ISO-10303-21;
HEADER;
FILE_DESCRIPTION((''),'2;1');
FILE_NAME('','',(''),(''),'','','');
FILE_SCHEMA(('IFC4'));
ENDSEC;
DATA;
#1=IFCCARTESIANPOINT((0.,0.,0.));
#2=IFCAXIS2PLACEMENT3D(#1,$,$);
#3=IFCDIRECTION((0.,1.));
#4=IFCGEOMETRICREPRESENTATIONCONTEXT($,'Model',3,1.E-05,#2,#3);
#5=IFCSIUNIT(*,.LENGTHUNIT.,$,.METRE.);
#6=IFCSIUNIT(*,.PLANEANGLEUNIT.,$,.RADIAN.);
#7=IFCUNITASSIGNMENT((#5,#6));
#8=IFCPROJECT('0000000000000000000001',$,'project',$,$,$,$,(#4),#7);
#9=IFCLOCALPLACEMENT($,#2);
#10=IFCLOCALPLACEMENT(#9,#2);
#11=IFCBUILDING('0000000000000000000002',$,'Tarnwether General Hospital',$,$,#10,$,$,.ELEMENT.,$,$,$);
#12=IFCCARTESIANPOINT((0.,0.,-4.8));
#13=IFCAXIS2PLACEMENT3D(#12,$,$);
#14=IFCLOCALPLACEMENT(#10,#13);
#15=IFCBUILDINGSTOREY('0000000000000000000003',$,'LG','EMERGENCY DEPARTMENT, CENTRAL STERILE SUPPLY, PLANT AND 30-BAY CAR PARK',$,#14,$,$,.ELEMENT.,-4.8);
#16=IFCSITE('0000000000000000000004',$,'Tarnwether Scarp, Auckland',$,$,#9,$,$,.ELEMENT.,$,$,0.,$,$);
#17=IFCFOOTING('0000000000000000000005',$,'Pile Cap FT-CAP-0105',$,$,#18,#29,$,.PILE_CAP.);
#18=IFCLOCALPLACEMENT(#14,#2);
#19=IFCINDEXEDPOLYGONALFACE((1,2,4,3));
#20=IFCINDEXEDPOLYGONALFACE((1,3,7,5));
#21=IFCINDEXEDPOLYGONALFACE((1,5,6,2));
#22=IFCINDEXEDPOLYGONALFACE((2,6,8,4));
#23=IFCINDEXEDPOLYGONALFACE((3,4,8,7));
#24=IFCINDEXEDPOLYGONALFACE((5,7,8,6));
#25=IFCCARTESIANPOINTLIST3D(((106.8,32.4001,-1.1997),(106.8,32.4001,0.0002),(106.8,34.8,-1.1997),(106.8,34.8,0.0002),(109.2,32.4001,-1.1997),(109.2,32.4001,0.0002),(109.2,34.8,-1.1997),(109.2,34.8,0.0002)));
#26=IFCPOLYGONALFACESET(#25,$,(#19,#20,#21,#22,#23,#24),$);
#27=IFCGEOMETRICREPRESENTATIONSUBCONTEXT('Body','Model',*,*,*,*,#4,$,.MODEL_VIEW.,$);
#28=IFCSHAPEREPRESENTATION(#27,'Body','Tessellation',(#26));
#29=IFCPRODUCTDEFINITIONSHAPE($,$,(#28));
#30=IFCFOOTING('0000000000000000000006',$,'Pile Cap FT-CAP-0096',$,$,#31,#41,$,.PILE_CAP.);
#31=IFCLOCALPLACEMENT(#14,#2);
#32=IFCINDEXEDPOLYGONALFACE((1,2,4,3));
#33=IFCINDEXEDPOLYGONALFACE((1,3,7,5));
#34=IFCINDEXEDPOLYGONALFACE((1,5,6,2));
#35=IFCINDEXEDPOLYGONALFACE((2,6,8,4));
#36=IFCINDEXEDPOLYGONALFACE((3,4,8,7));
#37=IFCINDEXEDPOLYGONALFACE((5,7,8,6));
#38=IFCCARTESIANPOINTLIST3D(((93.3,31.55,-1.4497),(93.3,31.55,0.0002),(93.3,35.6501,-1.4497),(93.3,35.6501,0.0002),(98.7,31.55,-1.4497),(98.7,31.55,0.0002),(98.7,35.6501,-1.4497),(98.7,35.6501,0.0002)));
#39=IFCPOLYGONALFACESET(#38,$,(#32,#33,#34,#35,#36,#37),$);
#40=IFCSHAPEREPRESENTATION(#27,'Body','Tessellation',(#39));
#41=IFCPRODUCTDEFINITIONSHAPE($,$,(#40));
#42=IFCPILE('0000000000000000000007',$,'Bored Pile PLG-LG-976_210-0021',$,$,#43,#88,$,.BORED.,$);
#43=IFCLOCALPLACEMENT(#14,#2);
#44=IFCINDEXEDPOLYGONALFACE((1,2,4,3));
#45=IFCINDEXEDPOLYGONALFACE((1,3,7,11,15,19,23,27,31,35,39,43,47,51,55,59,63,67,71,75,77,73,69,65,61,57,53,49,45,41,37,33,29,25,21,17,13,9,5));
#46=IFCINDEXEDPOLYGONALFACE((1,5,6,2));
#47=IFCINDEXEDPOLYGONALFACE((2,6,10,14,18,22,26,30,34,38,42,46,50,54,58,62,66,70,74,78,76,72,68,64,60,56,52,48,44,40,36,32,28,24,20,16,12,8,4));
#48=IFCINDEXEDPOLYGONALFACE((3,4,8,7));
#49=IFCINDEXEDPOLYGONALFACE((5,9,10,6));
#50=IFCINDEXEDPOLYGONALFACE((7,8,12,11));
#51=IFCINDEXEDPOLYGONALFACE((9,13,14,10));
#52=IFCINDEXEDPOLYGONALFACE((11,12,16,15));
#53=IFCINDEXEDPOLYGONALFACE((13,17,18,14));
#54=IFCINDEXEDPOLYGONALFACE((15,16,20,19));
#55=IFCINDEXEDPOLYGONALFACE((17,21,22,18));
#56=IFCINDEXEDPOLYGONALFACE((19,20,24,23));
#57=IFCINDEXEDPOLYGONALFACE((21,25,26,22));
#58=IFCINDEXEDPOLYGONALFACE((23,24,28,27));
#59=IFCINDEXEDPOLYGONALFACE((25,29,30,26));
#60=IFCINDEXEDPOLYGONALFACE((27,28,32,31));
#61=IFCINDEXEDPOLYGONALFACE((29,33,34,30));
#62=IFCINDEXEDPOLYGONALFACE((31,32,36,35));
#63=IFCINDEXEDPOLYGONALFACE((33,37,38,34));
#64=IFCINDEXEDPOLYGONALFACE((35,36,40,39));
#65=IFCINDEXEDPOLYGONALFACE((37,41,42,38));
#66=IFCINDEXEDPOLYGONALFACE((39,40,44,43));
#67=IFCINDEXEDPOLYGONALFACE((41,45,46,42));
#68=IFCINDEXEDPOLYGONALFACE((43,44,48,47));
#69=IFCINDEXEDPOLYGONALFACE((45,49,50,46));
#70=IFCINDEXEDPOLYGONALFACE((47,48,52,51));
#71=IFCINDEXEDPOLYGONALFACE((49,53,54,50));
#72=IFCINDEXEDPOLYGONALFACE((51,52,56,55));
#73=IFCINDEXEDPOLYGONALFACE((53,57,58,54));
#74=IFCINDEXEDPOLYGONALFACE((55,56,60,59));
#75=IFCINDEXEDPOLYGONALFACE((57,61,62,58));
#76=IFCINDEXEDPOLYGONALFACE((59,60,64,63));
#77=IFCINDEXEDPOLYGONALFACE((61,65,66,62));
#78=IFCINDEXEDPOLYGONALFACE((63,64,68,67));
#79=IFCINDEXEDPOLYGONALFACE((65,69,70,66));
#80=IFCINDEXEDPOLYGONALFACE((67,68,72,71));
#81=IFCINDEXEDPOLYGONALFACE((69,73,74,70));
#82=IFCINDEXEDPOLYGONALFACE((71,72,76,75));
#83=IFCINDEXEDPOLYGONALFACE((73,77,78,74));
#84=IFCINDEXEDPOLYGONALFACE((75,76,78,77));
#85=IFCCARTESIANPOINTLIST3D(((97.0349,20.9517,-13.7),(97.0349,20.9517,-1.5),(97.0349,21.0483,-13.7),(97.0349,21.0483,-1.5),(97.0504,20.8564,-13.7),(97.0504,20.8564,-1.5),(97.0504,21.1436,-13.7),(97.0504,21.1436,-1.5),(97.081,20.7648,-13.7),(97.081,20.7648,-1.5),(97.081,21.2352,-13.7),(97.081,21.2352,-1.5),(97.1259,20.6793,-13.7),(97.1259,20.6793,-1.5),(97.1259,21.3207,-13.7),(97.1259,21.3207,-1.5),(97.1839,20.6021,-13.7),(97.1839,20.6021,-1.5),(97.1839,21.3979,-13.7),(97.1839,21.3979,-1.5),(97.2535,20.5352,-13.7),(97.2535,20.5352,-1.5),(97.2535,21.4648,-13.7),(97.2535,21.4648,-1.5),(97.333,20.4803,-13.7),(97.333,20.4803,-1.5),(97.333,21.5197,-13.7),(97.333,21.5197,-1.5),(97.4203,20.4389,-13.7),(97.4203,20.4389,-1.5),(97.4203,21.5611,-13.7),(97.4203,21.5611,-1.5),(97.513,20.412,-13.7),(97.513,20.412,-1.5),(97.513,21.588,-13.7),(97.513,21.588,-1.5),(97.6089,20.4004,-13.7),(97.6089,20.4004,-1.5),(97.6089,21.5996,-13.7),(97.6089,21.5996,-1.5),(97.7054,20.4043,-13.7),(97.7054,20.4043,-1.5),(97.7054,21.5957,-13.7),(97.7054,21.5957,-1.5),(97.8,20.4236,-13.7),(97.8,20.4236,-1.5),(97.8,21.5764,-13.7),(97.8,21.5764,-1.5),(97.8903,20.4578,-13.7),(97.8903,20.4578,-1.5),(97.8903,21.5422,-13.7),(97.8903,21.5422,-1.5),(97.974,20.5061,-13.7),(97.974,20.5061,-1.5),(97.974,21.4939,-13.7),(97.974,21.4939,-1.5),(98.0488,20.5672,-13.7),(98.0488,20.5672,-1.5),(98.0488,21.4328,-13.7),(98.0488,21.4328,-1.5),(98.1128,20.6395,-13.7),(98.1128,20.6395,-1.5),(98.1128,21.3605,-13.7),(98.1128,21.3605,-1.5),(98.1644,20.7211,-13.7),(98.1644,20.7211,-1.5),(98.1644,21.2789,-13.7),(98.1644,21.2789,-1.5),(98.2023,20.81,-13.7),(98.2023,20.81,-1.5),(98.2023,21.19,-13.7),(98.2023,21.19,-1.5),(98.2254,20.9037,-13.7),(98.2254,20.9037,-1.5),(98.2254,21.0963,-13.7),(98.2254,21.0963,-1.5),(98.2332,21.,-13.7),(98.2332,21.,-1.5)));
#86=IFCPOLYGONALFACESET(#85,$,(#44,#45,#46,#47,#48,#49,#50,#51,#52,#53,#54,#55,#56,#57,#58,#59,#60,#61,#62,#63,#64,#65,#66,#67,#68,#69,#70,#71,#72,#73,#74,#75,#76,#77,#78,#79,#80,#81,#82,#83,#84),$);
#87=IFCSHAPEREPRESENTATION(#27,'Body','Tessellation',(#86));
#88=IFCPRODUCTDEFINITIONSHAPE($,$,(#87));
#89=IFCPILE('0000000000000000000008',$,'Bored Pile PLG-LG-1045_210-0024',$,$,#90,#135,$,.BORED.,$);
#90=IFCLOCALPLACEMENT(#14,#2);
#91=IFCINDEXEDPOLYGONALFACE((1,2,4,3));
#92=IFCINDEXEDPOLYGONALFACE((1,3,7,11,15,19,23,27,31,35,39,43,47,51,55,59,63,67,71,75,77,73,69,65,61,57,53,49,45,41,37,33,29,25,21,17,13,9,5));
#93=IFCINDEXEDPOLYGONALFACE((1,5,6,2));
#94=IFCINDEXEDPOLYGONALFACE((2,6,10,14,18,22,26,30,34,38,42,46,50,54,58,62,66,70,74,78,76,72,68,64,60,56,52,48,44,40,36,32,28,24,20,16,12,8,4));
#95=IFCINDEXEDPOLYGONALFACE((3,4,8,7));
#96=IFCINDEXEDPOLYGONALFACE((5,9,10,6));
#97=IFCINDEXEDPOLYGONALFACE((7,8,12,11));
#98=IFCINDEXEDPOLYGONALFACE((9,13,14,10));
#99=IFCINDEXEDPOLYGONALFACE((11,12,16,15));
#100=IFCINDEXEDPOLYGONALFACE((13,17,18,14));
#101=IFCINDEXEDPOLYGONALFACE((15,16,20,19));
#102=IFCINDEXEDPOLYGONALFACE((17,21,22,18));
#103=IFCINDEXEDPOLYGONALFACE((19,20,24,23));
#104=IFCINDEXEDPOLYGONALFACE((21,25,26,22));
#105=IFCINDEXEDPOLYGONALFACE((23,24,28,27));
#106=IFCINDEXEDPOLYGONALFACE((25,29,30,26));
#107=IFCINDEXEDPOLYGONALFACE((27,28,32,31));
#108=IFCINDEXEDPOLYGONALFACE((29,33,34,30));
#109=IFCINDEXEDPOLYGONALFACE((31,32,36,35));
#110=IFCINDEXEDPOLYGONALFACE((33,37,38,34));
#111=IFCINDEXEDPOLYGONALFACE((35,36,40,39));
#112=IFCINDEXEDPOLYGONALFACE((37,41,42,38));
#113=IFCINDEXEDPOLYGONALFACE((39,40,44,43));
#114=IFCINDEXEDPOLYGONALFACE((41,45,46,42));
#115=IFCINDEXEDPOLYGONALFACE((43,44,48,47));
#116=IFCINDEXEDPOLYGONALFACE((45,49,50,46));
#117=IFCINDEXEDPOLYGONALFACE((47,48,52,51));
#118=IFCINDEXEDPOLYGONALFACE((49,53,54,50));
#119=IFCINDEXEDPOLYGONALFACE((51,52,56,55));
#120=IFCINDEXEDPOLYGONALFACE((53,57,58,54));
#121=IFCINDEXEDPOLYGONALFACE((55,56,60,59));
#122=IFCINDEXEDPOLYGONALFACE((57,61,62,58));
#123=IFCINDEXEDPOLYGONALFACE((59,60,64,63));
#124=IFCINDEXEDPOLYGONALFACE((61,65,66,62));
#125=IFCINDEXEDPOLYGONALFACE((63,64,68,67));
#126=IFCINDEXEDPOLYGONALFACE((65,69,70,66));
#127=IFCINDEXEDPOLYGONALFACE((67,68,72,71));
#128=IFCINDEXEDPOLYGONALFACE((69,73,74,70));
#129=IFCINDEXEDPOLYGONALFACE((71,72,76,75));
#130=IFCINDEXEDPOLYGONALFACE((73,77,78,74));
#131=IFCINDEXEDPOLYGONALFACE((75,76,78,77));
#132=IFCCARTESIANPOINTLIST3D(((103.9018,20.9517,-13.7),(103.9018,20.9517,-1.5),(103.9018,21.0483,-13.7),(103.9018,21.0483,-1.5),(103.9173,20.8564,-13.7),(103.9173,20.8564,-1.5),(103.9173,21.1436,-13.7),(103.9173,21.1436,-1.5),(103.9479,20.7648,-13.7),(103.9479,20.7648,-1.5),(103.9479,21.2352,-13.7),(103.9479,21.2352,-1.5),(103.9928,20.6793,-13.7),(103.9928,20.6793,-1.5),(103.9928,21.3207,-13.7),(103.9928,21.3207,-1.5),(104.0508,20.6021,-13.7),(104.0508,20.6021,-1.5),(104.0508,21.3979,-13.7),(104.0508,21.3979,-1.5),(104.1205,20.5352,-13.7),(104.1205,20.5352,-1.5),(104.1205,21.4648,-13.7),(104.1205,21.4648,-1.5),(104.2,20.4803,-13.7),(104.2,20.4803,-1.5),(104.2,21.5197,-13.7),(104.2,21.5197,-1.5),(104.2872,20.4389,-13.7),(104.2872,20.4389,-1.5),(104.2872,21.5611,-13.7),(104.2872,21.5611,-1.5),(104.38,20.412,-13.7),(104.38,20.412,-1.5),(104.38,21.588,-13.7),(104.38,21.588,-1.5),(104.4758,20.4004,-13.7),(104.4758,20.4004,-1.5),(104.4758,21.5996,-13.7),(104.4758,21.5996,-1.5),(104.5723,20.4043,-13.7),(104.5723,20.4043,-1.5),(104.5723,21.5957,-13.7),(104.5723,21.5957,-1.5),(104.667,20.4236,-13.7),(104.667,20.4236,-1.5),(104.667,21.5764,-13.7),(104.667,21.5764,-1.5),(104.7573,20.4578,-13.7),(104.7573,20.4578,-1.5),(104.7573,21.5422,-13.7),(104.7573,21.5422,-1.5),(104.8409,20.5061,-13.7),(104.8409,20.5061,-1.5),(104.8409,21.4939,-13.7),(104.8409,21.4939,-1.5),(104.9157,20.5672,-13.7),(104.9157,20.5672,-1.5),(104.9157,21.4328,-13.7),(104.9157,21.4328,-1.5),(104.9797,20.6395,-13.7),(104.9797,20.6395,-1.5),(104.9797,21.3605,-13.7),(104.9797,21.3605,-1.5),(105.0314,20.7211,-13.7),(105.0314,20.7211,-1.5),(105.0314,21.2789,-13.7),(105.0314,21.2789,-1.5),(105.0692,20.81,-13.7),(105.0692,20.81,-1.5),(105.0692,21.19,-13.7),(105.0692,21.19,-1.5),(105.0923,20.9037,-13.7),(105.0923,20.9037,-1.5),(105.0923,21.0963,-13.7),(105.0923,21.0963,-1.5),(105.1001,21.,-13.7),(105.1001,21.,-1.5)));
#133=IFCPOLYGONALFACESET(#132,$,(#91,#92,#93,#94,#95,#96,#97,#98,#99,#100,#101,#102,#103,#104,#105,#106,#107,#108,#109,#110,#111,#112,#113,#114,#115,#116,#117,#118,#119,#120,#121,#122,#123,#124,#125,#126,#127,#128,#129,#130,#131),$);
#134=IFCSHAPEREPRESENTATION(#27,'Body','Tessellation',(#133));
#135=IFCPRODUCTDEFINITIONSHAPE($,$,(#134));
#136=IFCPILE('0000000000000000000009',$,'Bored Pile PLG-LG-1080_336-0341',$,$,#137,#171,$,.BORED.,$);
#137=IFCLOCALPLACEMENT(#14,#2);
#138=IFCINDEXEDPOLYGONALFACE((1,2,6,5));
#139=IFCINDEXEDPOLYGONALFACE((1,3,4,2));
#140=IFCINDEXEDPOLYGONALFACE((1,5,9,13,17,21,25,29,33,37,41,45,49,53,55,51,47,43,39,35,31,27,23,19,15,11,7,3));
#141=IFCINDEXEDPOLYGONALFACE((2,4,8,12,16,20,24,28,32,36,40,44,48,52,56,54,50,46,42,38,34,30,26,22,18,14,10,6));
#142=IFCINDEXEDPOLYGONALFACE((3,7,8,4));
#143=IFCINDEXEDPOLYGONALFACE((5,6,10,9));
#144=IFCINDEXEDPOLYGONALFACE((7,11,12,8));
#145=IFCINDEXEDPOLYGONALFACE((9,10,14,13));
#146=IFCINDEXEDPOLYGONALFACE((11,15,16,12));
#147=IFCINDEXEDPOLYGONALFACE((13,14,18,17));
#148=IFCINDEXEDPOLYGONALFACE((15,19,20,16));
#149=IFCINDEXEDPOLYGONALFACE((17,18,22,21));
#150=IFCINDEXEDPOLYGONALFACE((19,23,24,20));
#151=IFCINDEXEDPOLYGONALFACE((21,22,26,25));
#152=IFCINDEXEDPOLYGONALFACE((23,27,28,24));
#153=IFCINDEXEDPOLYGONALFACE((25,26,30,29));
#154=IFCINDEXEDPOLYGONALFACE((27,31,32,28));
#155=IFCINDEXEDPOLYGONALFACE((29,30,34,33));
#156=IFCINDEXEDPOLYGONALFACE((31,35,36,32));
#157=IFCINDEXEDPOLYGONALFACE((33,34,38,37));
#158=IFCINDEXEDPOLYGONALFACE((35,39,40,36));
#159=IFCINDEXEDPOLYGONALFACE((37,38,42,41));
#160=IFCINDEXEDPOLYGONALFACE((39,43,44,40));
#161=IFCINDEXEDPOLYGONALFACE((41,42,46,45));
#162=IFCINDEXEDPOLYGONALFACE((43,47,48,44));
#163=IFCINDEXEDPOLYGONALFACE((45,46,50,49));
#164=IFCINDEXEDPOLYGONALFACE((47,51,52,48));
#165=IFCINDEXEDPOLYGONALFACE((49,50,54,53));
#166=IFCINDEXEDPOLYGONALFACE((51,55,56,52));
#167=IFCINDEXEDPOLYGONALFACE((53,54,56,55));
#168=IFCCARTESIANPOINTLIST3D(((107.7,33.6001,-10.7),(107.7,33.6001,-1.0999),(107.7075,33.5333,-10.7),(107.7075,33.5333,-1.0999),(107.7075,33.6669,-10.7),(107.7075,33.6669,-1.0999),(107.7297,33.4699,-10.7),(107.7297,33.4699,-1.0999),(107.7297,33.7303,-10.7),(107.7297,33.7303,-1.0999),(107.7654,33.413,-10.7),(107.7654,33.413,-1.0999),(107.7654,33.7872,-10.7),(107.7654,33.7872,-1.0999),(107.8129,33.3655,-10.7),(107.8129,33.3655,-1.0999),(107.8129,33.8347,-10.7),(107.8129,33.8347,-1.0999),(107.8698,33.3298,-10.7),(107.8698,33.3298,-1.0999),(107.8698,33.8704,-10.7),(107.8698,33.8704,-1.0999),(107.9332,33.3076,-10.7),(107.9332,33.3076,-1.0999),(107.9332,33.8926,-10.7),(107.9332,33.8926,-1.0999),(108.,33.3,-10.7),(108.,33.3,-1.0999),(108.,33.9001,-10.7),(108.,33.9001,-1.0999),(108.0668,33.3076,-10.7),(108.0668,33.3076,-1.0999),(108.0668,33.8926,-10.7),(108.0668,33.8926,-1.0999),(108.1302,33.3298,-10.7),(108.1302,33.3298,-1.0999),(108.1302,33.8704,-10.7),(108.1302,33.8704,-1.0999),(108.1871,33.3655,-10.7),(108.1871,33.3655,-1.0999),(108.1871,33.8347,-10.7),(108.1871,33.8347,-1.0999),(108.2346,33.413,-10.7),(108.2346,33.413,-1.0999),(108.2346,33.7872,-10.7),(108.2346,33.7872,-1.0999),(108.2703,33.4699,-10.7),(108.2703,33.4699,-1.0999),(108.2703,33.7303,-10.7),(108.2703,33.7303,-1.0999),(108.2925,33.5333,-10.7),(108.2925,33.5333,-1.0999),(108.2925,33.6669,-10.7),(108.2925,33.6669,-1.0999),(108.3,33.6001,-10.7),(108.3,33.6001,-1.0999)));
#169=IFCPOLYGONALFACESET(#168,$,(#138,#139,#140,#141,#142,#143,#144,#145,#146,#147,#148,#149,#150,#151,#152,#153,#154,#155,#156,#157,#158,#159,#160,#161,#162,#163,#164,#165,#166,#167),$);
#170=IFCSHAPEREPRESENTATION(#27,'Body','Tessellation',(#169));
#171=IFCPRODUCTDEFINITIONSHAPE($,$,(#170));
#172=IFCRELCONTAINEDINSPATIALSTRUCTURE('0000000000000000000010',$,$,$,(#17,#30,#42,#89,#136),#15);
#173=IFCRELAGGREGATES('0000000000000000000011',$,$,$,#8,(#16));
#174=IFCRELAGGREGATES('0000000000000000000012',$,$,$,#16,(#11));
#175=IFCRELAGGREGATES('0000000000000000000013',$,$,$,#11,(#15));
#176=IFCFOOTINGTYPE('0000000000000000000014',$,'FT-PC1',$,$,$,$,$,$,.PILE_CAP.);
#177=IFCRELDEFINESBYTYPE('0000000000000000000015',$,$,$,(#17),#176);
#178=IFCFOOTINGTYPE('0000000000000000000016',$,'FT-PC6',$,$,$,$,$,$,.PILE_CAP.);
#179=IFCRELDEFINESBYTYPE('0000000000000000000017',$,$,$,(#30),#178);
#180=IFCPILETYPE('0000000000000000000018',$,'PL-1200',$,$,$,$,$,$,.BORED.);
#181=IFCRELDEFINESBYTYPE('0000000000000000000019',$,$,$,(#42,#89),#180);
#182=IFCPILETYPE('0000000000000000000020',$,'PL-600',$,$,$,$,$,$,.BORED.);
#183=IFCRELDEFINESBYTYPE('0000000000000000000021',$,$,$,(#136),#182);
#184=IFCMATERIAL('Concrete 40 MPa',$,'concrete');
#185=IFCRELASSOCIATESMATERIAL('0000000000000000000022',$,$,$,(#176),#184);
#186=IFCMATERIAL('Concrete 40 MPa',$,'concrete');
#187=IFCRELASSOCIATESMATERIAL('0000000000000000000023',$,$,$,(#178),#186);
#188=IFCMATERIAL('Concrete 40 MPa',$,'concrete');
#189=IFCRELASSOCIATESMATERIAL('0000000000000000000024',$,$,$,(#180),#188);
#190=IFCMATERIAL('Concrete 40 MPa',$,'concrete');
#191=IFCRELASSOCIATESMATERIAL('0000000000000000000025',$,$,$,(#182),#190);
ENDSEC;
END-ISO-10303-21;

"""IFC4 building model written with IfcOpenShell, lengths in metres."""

from ifc_helpers import new_model, si_unit, direction, frame, origin, origin_2d, place, context, subcontext, project, spatial, rectangle, circle, extrude, material, material_profile, profile_set, type_object, element, save


model = new_model("IFC4")

# Units and contexts
model_context = context("Model", 3, precision=1e-05, world=origin(), true_north=direction((0.0, 1.0)))
body_context = subcontext(model_context, "Body", "Model", "MODEL_VIEW")
ifc_project = project(units=[si_unit("LENGTHUNIT", "METRE"), si_unit("PLANEANGLEUNIT", "RADIAN")], contexts=[model_context])

# Site, building, storey
site_placement = place(None, origin())
site = spatial("IfcSite", under=ifc_project, at=site_placement, Name="Tarnwether Scarp, Auckland", CompositionType="ELEMENT", RefElevation=0.0)
building_placement = place(site_placement, origin())
building = spatial("IfcBuilding", under=site, at=building_placement, Name="Tarnwether General Hospital", CompositionType="ELEMENT")
storey_placement = place(building_placement, frame((0.0, 0.0, -4.8)))
storey = spatial("IfcBuildingStorey", under=building, at=storey_placement, Name="LG", Description="EMERGENCY DEPARTMENT, CENTRAL STERILE SUPPLY, PLANT AND 30-BAY CAR PARK", CompositionType="ELEMENT", Elevation=-4.8)

# Footings
ifc_material_1 = material(Name="Concrete 40 MPa", Category="concrete")
footing_type_1 = type_object("IfcFootingType", Name="FT-PC1", PredefinedType="PILE_CAP", material=ifc_material_1)
footing_1_placement = place(storey_placement, frame((108.0, 33.6001, -1.1997), z_axis=(0.0, 0.0, 1.0), x_axis=(0.0, 1.0, 0.0)))
element("IfcFooting", 1, at=footing_1_placement, inside=storey, type_object=footing_type_1, Name="Pile Cap FT-CAP-0105", PredefinedType="PILE_CAP", context=body_context, shape_type="SweptSolid", body=[
    extrude(rectangle(XDim=2.3999, YDim=2.3999, at=origin_2d()), origin(), (0.0, 0.0, 1.0), 1.2),
])
ifc_material_2 = material(Name="Concrete 40 MPa", Category="concrete")
footing_type_2 = type_object("IfcFootingType", Name="FT-PC6", PredefinedType="PILE_CAP", material=ifc_material_2)
footing_2_placement = place(storey_placement, frame((96.0, 33.6001, -1.4497), z_axis=(0.0, 0.0, 1.0), x_axis=(1.0, 0.0, 0.0)))
element("IfcFooting", 2, at=footing_2_placement, inside=storey, type_object=footing_type_2, Name="Pile Cap FT-CAP-0096", PredefinedType="PILE_CAP", context=body_context, shape_type="SweptSolid", body=[
    extrude(rectangle(XDim=5.3999, YDim=4.1001, at=origin_2d()), origin(), (0.0, 0.0, 1.0), 1.45),
])

# Piles
ifc_material_3 = material(Name="Concrete 40 MPa", Category="concrete")
ifc_material_profile_1 = material_profile(ifc_material_3, circle(Radius=0.6001, at=origin_2d()), Name="PILE-D1200")
ifc_profile_set_1 = profile_set([ifc_material_profile_1], Name="Concrete 40 MPa")
pile_type_1 = type_object("IfcPileType", Name="PL-1200", PredefinedType="BORED", material=ifc_profile_set_1)
for number, where, z_axis, x_axis, name in (
    (3, (97.6331, 21.0, -1.5), (0.0, 0.0, -1.0), (1.0, 0.0, 0.0), "Bored Pile PLG-LG-976_210-0021"),
    (4, (104.5, 21.0, -1.5), (0.0, 0.0, -1.0), (1.0, 0.0, 0.0), "Bored Pile PLG-LG-1045_210-0024"),
):
    element("IfcPile", number, at=place(storey_placement, frame(where, z_axis=z_axis, x_axis=x_axis)), inside=storey, type_object=pile_type_1, Name=name, PredefinedType="BORED", context=body_context, shape_type="SweptSolid", body=[
        extrude(circle(Radius=0.6001, at=origin_2d()), origin(), (0.0, 0.0, 1.0), 12.2),
    ])
ifc_material_4 = material(Name="Concrete 40 MPa", Category="concrete")
ifc_material_profile_2 = material_profile(ifc_material_4, circle(Radius=0.3, at=origin_2d()), Name="PILE-D600")
ifc_profile_set_2 = profile_set([ifc_material_profile_2], Name="Concrete 40 MPa")
pile_type_2 = type_object("IfcPileType", Name="PL-600", PredefinedType="BORED", material=ifc_profile_set_2)
pile_placement = place(storey_placement, frame((108.0, 33.6001, -1.0999), z_axis=(0.0, 0.0, -1.0), x_axis=(1.0, 0.0, 0.0)))
element("IfcPile", 5, at=pile_placement, inside=storey, type_object=pile_type_2, Name="Bored Pile PLG-LG-1080_336-0341", PredefinedType="BORED", context=body_context, shape_type="SweptSolid", body=[
    extrude(circle(Radius=0.3, at=origin_2d()), origin(), (0.0, 0.0, 1.0), 9.6001),
])

save(model, "model.ifc")
